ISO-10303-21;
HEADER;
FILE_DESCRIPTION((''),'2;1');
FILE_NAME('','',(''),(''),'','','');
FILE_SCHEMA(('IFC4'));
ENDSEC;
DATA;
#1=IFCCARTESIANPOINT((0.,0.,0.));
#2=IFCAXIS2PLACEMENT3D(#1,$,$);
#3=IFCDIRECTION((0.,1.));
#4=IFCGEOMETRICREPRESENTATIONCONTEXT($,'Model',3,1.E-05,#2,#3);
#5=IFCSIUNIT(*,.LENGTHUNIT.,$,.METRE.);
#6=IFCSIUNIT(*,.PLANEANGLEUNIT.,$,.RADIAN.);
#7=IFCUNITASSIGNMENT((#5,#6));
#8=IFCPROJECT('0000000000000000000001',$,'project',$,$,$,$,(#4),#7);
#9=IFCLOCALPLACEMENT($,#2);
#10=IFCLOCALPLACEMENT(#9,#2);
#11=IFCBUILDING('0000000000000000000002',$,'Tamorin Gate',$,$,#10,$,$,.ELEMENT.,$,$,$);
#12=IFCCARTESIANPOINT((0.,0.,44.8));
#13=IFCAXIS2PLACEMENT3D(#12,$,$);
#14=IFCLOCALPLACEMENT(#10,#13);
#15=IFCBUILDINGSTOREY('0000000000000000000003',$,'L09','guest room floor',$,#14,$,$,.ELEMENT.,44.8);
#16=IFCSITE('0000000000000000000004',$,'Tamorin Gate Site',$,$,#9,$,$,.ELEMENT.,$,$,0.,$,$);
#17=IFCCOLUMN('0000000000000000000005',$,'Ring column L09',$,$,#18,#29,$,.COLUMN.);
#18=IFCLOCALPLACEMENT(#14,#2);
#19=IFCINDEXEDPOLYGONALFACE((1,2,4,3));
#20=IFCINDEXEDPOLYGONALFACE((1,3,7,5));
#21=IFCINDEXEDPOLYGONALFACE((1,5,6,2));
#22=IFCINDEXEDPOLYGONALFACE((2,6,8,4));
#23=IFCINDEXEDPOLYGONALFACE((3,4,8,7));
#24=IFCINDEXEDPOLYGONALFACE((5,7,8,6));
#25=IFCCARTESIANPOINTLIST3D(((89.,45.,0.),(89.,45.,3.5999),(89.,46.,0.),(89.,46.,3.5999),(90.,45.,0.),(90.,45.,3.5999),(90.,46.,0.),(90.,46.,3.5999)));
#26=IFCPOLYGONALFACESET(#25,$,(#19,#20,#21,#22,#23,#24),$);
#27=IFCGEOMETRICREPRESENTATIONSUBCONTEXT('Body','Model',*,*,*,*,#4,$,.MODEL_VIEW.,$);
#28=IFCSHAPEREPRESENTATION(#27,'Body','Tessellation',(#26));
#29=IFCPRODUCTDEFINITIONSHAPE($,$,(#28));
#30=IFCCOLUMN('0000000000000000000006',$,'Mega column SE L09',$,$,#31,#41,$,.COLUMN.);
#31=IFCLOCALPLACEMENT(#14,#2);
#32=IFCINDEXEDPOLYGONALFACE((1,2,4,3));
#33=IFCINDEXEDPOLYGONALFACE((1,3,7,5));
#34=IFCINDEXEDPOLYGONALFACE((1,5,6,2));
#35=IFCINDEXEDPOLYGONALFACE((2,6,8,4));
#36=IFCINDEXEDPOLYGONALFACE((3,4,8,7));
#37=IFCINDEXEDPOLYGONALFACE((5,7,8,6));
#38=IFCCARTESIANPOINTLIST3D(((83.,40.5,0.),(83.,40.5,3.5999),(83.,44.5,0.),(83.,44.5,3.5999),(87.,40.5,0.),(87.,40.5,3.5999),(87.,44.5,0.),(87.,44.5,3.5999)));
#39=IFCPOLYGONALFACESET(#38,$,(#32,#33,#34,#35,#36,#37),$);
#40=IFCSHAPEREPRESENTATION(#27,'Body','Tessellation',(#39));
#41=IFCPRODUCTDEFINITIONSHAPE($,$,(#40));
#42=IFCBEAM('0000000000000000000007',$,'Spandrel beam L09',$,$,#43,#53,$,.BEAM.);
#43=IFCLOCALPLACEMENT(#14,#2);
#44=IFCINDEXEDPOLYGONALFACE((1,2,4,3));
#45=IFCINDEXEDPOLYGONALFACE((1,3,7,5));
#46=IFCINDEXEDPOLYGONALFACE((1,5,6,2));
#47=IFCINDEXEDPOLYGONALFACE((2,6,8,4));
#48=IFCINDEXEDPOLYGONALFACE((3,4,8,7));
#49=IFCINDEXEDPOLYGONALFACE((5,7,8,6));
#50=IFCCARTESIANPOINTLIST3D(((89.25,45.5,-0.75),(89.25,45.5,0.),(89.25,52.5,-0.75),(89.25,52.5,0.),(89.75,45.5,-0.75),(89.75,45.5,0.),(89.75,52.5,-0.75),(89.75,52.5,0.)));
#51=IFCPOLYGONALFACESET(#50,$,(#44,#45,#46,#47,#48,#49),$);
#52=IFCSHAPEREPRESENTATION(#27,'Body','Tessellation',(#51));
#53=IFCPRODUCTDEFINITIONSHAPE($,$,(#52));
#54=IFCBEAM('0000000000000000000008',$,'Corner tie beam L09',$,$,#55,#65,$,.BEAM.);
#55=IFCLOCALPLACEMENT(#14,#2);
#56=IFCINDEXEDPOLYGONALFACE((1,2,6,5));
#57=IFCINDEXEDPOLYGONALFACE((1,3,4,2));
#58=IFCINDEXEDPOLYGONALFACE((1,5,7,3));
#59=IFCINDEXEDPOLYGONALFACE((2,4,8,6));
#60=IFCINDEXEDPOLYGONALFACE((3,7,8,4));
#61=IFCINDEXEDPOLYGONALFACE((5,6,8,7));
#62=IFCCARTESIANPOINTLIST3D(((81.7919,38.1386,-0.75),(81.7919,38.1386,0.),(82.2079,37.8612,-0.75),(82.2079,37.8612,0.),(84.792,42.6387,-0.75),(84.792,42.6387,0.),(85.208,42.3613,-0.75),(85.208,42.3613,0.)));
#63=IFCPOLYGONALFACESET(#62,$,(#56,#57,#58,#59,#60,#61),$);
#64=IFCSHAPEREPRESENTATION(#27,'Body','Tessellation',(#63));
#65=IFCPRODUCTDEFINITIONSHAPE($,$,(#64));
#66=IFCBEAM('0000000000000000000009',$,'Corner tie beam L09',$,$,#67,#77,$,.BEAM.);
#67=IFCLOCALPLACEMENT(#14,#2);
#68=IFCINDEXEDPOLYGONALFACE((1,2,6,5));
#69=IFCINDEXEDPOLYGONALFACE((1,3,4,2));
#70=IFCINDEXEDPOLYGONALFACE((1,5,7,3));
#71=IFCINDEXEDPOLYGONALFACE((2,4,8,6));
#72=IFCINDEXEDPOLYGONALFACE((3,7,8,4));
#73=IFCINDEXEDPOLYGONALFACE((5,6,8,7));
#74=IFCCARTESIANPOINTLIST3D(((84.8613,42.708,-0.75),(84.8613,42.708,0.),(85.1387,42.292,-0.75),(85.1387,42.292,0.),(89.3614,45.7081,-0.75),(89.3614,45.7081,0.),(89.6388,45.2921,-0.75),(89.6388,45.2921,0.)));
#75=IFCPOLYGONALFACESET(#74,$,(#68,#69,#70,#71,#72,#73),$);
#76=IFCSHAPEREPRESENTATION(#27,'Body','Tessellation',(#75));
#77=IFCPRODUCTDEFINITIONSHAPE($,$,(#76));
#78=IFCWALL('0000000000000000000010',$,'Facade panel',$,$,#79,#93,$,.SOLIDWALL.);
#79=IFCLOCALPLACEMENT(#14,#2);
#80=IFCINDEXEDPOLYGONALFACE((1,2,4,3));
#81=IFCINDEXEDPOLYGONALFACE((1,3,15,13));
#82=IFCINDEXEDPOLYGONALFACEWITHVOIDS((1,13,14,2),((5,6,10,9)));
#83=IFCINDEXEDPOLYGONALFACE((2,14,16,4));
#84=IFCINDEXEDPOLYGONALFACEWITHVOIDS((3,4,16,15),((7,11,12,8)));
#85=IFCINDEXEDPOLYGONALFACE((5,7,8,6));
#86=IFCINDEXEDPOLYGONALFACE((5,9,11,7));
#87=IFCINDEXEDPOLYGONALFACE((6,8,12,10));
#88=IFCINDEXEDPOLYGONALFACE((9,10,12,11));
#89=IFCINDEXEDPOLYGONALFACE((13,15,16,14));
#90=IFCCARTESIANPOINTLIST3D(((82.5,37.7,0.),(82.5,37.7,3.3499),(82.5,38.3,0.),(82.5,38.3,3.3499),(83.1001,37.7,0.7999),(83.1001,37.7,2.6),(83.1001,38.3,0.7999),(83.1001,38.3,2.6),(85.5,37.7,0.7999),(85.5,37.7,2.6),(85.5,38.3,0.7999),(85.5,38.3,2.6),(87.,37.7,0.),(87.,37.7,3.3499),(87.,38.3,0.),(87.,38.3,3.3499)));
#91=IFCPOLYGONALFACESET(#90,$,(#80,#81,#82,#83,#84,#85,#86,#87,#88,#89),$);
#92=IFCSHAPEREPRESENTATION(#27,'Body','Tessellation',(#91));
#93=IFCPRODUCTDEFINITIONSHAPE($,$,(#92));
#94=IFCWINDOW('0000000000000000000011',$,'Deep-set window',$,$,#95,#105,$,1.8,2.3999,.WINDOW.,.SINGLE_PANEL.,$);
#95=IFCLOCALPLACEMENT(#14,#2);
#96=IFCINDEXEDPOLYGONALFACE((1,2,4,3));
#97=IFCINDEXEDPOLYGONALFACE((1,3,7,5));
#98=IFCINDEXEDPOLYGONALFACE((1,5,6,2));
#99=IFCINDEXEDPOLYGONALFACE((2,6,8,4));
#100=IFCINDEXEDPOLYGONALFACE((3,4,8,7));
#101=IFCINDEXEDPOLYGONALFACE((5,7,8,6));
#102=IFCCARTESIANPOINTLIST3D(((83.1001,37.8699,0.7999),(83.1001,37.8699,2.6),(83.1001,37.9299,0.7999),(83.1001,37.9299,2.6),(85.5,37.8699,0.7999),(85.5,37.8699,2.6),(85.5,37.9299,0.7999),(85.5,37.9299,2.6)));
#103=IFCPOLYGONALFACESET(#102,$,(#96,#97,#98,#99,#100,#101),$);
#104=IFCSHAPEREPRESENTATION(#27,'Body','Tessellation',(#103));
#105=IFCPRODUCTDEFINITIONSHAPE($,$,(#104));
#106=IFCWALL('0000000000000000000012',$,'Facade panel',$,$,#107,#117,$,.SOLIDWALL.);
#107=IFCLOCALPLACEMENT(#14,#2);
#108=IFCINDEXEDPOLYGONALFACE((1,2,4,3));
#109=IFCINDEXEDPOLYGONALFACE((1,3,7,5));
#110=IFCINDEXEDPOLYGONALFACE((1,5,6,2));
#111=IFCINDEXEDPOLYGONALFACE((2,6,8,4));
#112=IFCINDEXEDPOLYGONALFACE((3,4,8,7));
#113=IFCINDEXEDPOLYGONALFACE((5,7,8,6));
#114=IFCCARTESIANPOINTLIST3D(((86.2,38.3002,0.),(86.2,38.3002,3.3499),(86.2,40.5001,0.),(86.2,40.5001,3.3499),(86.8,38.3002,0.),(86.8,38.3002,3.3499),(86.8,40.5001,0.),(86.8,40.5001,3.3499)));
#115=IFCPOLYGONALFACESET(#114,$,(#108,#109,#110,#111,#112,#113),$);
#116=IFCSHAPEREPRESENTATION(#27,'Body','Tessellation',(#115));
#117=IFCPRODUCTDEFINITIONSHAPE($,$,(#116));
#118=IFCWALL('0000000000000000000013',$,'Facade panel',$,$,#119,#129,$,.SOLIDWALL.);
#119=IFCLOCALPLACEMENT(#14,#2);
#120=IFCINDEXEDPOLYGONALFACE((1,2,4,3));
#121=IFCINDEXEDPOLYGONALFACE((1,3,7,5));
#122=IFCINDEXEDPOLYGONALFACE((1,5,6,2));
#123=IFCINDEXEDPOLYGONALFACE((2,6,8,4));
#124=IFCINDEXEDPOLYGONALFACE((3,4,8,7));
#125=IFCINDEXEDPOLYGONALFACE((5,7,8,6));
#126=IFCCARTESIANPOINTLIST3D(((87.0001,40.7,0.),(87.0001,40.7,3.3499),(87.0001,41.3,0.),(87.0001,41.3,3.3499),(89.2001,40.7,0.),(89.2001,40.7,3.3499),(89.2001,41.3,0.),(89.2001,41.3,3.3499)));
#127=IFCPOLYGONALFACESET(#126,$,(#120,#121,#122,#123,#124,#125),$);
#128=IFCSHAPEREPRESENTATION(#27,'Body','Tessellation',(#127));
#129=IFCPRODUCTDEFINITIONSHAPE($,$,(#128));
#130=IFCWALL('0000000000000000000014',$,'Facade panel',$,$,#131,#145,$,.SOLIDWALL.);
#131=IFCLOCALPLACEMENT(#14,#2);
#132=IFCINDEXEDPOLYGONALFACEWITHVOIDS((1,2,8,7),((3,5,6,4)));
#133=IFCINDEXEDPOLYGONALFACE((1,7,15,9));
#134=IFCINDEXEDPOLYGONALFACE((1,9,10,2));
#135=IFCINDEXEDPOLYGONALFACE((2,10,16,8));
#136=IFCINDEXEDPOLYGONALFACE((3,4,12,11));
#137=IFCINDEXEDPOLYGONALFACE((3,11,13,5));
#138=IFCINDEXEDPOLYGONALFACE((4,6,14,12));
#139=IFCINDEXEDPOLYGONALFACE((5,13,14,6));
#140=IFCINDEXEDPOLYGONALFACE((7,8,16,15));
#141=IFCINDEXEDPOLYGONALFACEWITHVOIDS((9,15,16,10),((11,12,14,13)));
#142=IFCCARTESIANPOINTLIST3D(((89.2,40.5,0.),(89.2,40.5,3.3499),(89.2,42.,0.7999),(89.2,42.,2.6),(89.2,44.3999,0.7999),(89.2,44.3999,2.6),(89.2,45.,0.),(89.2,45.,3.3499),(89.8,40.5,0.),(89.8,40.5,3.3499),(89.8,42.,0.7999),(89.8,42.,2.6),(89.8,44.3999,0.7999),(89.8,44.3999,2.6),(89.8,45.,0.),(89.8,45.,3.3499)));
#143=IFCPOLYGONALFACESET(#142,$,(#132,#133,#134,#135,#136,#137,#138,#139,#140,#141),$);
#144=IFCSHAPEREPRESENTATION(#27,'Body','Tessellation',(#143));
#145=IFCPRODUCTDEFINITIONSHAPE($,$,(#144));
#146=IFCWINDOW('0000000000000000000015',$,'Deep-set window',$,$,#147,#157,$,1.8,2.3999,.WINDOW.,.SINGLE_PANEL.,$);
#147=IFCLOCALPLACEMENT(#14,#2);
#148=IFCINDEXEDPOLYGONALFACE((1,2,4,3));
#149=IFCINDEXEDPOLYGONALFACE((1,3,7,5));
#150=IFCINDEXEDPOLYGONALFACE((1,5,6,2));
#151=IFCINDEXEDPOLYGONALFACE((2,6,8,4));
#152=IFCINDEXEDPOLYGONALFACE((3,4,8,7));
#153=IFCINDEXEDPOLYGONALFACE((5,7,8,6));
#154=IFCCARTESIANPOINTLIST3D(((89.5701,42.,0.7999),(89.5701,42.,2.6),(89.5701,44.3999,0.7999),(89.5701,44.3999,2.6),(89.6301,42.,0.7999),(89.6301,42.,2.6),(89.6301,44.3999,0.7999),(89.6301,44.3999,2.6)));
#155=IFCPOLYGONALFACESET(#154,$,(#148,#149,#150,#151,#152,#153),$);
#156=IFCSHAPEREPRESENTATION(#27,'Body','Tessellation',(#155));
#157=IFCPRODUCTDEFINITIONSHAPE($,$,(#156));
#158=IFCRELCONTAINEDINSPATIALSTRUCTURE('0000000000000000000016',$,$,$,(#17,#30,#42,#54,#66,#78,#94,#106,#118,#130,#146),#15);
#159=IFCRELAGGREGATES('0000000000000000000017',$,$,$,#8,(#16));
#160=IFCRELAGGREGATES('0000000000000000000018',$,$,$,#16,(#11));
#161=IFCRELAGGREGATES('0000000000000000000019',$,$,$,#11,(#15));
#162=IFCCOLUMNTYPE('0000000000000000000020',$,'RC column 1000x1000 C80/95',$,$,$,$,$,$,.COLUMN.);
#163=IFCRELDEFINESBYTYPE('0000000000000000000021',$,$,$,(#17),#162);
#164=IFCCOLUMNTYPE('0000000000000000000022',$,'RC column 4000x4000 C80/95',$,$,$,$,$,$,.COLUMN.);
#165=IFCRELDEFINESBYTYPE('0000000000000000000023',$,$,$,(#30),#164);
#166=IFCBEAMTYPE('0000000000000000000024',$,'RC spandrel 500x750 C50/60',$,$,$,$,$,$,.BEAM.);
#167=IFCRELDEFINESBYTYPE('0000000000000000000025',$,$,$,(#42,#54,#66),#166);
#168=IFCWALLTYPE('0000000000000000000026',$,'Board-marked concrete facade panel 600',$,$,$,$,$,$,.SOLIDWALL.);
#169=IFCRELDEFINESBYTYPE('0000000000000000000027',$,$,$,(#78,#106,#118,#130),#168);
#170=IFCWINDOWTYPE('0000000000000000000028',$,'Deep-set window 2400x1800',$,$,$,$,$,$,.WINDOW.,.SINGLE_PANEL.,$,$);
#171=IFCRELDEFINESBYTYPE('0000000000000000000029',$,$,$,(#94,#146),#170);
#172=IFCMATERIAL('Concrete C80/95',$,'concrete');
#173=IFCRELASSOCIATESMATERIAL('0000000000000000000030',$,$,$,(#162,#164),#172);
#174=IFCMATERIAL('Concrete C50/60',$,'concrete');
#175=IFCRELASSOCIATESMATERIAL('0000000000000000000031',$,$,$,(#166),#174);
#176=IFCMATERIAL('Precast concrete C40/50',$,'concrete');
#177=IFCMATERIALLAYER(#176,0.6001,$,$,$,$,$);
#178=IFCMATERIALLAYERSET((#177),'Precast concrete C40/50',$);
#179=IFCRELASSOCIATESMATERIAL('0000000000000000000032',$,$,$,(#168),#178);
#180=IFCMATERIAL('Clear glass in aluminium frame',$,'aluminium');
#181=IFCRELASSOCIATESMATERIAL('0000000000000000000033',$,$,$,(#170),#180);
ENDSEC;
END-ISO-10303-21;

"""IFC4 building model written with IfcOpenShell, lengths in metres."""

from ifc_helpers import new_model, si_unit, direction, frame, frame_2d, origin, origin_2d, place, context, subcontext, project, spatial, rectangle, extrude, material, layer, layer_set, material_profile, profile_set, type_object, element, fill, save


model = new_model("IFC4")

# Units and contexts
model_context = context("Model", 3, precision=1e-05, world=origin(), true_north=direction((0.0, 1.0)))
body_context = subcontext(model_context, "Body", "Model", "MODEL_VIEW")
ifc_project = project(units=[si_unit("LENGTHUNIT", "METRE"), si_unit("PLANEANGLEUNIT", "RADIAN")], contexts=[model_context])

# Site, building, storey
site_placement = place(None, origin())
site = spatial("IfcSite", under=ifc_project, at=site_placement, Name="Tamorin Gate Site", CompositionType="ELEMENT", RefElevation=0.0)
building_placement = place(site_placement, origin())
building = spatial("IfcBuilding", under=site, at=building_placement, Name="Tamorin Gate", CompositionType="ELEMENT")
storey_placement = place(building_placement, frame((0.0, 0.0, 44.8)))
storey = spatial("IfcBuildingStorey", under=building, at=storey_placement, Name="L09", Description="guest room floor", CompositionType="ELEMENT", Elevation=44.8)

# Columns
ifc_material_1 = material(Name="Concrete C80/95", Category="concrete")
ifc_material_profile_1 = material_profile(ifc_material_1, rectangle(XDim=1.0, YDim=1.0, at=origin_2d()), Name="RC 1000x1000")
ifc_profile_set_1 = profile_set([ifc_material_profile_1], Name="Concrete C80/95")
column_type_1 = type_object("IfcColumnType", Name="RC column 1000x1000 C80/95", PredefinedType="COLUMN", material=ifc_profile_set_1)
column_1_placement = place(storey_placement, frame((89.5, 45.5, 0.0), z_axis=(0.0, 0.0, 1.0), x_axis=(1.0, 0.0, 0.0)))
element("IfcColumn", 1, at=column_1_placement, inside=storey, type_object=column_type_1, Name="Ring column L09", PredefinedType="COLUMN", context=body_context, shape_type="SweptSolid", body=[
    extrude(rectangle(XDim=1.0, YDim=1.0, at=origin_2d()), origin(), (0.0, 0.0, 1.0), 3.5999),
])
ifc_material_profile_2 = material_profile(ifc_material_1, rectangle(XDim=4.0, YDim=4.0, at=origin_2d()), Name="RC 4000x4000")
ifc_profile_set_2 = profile_set([ifc_material_profile_2], Name="Concrete C80/95")
column_type_2 = type_object("IfcColumnType", Name="RC column 4000x4000 C80/95", PredefinedType="COLUMN", material=ifc_profile_set_2)
column_2_placement = place(storey_placement, frame((85.0, 42.5, 0.0), z_axis=(0.0, 0.0, 1.0), x_axis=(1.0, 0.0, 0.0)))
element("IfcColumn", 2, at=column_2_placement, inside=storey, type_object=column_type_2, Name="Mega column SE L09", PredefinedType="COLUMN", context=body_context, shape_type="SweptSolid", body=[
    extrude(rectangle(XDim=4.0, YDim=4.0, at=origin_2d()), origin(), (0.0, 0.0, 1.0), 3.5999),
])

# Beams
ifc_material_2 = material(Name="Concrete C50/60", Category="concrete")
ifc_material_profile_3 = material_profile(ifc_material_2, rectangle(XDim=0.5, YDim=0.75, at=origin_2d()), Name="RC 500x750")
ifc_profile_set_3 = profile_set([ifc_material_profile_3], Name="Concrete C50/60")
beam_type = type_object("IfcBeamType", Name="RC spandrel 500x750 C50/60", PredefinedType="BEAM", material=ifc_profile_set_3)
beam_placement = place(storey_placement, frame((89.5, 45.5, -0.375), z_axis=(0.0, 1.0, 0.0), x_axis=(-1.0, 0.0, 0.0)))
element("IfcBeam", 3, at=beam_placement, inside=storey, type_object=beam_type, Name="Spandrel beam L09", PredefinedType="BEAM", context=body_context, shape_type="SweptSolid", body=[
    extrude(rectangle(XDim=0.5, YDim=0.75, at=origin_2d()), origin(), (0.0, 0.0, 1.0), 7.0),
])
for number, where, z_axis, x_axis, name in (
    (4, (85.0, 42.5, -0.375), (-0.5547, -0.83205, 0.0), (0.83205, -0.5547, 0.0), "Corner tie beam L09"),
    (5, (85.0, 42.5, -0.375), (0.83205, 0.5547, 0.0), (-0.5547, 0.83205, 0.0), "Corner tie beam L09"),
):
    element("IfcBeam", number, at=place(storey_placement, frame(where, z_axis=z_axis, x_axis=x_axis)), inside=storey, type_object=beam_type, Name=name, PredefinedType="BEAM", context=body_context, shape_type="SweptSolid", body=[
        extrude(rectangle(XDim=0.5, YDim=0.75, at=origin_2d()), origin(), (0.0, 0.0, 1.0), 5.4084),
    ])

# Wall, opening, window
ifc_material_3 = material(Name="Precast concrete C40/50", Category="concrete")
ifc_layer_1 = layer(ifc_material_3, 0.6001)
ifc_layer_set_1 = layer_set([ifc_layer_1], Name="Precast concrete C40/50")
wall_type_1 = type_object("IfcWallType", Name="Board-marked concrete facade panel 600", PredefinedType="SOLIDWALL", material=ifc_layer_set_1)
wall_1_placement = place(storey_placement, frame((82.5, 38.0, 0.0), z_axis=(0.0, 0.0, 1.0), x_axis=(1.0, 0.0, 0.0)))
wall_1 = element("IfcWall", 6, at=wall_1_placement, inside=storey, type_object=wall_type_1, Name="Facade panel", PredefinedType="SOLIDWALL", context=body_context, shape_type="SweptSolid", body=[
    extrude(rectangle(XDim=4.5, YDim=0.6001, at=frame_2d((2.25, 0.0))), origin(), (0.0, 0.0, 1.0), 3.3499),
])
opening_1_placement = place(wall_1_placement, frame((0.6001, 0.0, 0.8)))
opening_1 = element("IfcOpeningElement", 7, at=opening_1_placement, cuts=wall_1, PredefinedType="OPENING", context=body_context, shape_type="SweptSolid", body=[
    extrude(rectangle(XDim=2.3999, YDim=1.8, at=frame_2d((1.2, 0.8999))), frame((0.0, 0.3101, 0.0), z_axis=(0.0, -1.0, 0.0), x_axis=(1.0, 0.0, 0.0)), (0.0, 0.0, 1.0), 0.6201),
])
ifc_material_4 = material(Name="Clear glass in aluminium frame", Category="aluminium")
window_type = type_object("IfcWindowType", Name="Deep-set window 2400x1800", PartitioningType="SINGLE_PANEL", PredefinedType="WINDOW", material=ifc_material_4)
window_1_placement = place(opening_1_placement, origin())
window_1 = element("IfcWindow", 8, at=window_1_placement, inside=storey, type_object=window_type, Name="Deep-set window", OverallHeight=1.8, OverallWidth=2.3999, PartitioningType="SINGLE_PANEL", PredefinedType="WINDOW", context=body_context, shape_type="SweptSolid", body=[
    extrude(rectangle(XDim=2.3999, YDim=1.8, at=frame_2d((1.2, 0.8999))), frame((0.0, -0.0701, 0.0), z_axis=(0.0, -1.0, 0.0), x_axis=(1.0, 0.0, 0.0)), (0.0, 0.0, 1.0), 0.0601),
])
fill(opening_1, window_1)

# Walls
for number, where, z_axis, x_axis, name in (
    (9, (86.5, 38.3, 0.0), (0.0, 0.0, 1.0), (0.0, 1.0, 0.0), "Facade panel"),
    (10, (87.0, 41.0, 0.0), (0.0, 0.0, 1.0), (1.0, 0.0, 0.0), "Facade panel"),
):
    element("IfcWall", number, at=place(storey_placement, frame(where, z_axis=z_axis, x_axis=x_axis)), inside=storey, type_object=wall_type_1, Name=name, PredefinedType="SOLIDWALL", context=body_context, shape_type="SweptSolid", body=[
        extrude(rectangle(XDim=2.2, YDim=0.6001, at=frame_2d((1.1001, 0.0))), origin(), (0.0, 0.0, 1.0), 3.3499),
    ])

# Wall, opening, window
wall_2_placement = place(storey_placement, frame((89.5, 40.5, 0.0), z_axis=(0.0, 0.0, 1.0), x_axis=(0.0, 1.0, 0.0)))
wall_2 = element("IfcWall", 11, at=wall_2_placement, inside=storey, type_object=wall_type_1, Name="Facade panel", PredefinedType="SOLIDWALL", context=body_context, shape_type="SweptSolid", body=[
    extrude(rectangle(XDim=4.5, YDim=0.6001, at=frame_2d((2.25, 0.0))), origin(), (0.0, 0.0, 1.0), 3.3499),
])
opening_2_placement = place(wall_2_placement, frame((1.5, 0.0, 0.8)))
opening_2 = element("IfcOpeningElement", 12, at=opening_2_placement, cuts=wall_2, PredefinedType="OPENING", context=body_context, shape_type="SweptSolid", body=[
    extrude(rectangle(XDim=2.3999, YDim=1.8, at=frame_2d((1.2, 0.8999))), frame((0.0, 0.3101, 0.0), z_axis=(0.0, -1.0, 0.0), x_axis=(1.0, 0.0, 0.0)), (0.0, 0.0, 1.0), 0.6201),
])
window_2_placement = place(opening_2_placement, origin())
window_2 = element("IfcWindow", 13, at=window_2_placement, inside=storey, type_object=window_type, Name="Deep-set window", OverallHeight=1.8, OverallWidth=2.3999, PartitioningType="SINGLE_PANEL", PredefinedType="WINDOW", context=body_context, shape_type="SweptSolid", body=[
    extrude(rectangle(XDim=2.3999, YDim=1.8, at=frame_2d((1.2, 0.8999))), frame((0.0, -0.0701, 0.0), z_axis=(0.0, -1.0, 0.0), x_axis=(1.0, 0.0, 0.0)), (0.0, 0.0, 1.0), 0.0601),
])
fill(opening_2, window_2)

save(model, "model.ifc")
